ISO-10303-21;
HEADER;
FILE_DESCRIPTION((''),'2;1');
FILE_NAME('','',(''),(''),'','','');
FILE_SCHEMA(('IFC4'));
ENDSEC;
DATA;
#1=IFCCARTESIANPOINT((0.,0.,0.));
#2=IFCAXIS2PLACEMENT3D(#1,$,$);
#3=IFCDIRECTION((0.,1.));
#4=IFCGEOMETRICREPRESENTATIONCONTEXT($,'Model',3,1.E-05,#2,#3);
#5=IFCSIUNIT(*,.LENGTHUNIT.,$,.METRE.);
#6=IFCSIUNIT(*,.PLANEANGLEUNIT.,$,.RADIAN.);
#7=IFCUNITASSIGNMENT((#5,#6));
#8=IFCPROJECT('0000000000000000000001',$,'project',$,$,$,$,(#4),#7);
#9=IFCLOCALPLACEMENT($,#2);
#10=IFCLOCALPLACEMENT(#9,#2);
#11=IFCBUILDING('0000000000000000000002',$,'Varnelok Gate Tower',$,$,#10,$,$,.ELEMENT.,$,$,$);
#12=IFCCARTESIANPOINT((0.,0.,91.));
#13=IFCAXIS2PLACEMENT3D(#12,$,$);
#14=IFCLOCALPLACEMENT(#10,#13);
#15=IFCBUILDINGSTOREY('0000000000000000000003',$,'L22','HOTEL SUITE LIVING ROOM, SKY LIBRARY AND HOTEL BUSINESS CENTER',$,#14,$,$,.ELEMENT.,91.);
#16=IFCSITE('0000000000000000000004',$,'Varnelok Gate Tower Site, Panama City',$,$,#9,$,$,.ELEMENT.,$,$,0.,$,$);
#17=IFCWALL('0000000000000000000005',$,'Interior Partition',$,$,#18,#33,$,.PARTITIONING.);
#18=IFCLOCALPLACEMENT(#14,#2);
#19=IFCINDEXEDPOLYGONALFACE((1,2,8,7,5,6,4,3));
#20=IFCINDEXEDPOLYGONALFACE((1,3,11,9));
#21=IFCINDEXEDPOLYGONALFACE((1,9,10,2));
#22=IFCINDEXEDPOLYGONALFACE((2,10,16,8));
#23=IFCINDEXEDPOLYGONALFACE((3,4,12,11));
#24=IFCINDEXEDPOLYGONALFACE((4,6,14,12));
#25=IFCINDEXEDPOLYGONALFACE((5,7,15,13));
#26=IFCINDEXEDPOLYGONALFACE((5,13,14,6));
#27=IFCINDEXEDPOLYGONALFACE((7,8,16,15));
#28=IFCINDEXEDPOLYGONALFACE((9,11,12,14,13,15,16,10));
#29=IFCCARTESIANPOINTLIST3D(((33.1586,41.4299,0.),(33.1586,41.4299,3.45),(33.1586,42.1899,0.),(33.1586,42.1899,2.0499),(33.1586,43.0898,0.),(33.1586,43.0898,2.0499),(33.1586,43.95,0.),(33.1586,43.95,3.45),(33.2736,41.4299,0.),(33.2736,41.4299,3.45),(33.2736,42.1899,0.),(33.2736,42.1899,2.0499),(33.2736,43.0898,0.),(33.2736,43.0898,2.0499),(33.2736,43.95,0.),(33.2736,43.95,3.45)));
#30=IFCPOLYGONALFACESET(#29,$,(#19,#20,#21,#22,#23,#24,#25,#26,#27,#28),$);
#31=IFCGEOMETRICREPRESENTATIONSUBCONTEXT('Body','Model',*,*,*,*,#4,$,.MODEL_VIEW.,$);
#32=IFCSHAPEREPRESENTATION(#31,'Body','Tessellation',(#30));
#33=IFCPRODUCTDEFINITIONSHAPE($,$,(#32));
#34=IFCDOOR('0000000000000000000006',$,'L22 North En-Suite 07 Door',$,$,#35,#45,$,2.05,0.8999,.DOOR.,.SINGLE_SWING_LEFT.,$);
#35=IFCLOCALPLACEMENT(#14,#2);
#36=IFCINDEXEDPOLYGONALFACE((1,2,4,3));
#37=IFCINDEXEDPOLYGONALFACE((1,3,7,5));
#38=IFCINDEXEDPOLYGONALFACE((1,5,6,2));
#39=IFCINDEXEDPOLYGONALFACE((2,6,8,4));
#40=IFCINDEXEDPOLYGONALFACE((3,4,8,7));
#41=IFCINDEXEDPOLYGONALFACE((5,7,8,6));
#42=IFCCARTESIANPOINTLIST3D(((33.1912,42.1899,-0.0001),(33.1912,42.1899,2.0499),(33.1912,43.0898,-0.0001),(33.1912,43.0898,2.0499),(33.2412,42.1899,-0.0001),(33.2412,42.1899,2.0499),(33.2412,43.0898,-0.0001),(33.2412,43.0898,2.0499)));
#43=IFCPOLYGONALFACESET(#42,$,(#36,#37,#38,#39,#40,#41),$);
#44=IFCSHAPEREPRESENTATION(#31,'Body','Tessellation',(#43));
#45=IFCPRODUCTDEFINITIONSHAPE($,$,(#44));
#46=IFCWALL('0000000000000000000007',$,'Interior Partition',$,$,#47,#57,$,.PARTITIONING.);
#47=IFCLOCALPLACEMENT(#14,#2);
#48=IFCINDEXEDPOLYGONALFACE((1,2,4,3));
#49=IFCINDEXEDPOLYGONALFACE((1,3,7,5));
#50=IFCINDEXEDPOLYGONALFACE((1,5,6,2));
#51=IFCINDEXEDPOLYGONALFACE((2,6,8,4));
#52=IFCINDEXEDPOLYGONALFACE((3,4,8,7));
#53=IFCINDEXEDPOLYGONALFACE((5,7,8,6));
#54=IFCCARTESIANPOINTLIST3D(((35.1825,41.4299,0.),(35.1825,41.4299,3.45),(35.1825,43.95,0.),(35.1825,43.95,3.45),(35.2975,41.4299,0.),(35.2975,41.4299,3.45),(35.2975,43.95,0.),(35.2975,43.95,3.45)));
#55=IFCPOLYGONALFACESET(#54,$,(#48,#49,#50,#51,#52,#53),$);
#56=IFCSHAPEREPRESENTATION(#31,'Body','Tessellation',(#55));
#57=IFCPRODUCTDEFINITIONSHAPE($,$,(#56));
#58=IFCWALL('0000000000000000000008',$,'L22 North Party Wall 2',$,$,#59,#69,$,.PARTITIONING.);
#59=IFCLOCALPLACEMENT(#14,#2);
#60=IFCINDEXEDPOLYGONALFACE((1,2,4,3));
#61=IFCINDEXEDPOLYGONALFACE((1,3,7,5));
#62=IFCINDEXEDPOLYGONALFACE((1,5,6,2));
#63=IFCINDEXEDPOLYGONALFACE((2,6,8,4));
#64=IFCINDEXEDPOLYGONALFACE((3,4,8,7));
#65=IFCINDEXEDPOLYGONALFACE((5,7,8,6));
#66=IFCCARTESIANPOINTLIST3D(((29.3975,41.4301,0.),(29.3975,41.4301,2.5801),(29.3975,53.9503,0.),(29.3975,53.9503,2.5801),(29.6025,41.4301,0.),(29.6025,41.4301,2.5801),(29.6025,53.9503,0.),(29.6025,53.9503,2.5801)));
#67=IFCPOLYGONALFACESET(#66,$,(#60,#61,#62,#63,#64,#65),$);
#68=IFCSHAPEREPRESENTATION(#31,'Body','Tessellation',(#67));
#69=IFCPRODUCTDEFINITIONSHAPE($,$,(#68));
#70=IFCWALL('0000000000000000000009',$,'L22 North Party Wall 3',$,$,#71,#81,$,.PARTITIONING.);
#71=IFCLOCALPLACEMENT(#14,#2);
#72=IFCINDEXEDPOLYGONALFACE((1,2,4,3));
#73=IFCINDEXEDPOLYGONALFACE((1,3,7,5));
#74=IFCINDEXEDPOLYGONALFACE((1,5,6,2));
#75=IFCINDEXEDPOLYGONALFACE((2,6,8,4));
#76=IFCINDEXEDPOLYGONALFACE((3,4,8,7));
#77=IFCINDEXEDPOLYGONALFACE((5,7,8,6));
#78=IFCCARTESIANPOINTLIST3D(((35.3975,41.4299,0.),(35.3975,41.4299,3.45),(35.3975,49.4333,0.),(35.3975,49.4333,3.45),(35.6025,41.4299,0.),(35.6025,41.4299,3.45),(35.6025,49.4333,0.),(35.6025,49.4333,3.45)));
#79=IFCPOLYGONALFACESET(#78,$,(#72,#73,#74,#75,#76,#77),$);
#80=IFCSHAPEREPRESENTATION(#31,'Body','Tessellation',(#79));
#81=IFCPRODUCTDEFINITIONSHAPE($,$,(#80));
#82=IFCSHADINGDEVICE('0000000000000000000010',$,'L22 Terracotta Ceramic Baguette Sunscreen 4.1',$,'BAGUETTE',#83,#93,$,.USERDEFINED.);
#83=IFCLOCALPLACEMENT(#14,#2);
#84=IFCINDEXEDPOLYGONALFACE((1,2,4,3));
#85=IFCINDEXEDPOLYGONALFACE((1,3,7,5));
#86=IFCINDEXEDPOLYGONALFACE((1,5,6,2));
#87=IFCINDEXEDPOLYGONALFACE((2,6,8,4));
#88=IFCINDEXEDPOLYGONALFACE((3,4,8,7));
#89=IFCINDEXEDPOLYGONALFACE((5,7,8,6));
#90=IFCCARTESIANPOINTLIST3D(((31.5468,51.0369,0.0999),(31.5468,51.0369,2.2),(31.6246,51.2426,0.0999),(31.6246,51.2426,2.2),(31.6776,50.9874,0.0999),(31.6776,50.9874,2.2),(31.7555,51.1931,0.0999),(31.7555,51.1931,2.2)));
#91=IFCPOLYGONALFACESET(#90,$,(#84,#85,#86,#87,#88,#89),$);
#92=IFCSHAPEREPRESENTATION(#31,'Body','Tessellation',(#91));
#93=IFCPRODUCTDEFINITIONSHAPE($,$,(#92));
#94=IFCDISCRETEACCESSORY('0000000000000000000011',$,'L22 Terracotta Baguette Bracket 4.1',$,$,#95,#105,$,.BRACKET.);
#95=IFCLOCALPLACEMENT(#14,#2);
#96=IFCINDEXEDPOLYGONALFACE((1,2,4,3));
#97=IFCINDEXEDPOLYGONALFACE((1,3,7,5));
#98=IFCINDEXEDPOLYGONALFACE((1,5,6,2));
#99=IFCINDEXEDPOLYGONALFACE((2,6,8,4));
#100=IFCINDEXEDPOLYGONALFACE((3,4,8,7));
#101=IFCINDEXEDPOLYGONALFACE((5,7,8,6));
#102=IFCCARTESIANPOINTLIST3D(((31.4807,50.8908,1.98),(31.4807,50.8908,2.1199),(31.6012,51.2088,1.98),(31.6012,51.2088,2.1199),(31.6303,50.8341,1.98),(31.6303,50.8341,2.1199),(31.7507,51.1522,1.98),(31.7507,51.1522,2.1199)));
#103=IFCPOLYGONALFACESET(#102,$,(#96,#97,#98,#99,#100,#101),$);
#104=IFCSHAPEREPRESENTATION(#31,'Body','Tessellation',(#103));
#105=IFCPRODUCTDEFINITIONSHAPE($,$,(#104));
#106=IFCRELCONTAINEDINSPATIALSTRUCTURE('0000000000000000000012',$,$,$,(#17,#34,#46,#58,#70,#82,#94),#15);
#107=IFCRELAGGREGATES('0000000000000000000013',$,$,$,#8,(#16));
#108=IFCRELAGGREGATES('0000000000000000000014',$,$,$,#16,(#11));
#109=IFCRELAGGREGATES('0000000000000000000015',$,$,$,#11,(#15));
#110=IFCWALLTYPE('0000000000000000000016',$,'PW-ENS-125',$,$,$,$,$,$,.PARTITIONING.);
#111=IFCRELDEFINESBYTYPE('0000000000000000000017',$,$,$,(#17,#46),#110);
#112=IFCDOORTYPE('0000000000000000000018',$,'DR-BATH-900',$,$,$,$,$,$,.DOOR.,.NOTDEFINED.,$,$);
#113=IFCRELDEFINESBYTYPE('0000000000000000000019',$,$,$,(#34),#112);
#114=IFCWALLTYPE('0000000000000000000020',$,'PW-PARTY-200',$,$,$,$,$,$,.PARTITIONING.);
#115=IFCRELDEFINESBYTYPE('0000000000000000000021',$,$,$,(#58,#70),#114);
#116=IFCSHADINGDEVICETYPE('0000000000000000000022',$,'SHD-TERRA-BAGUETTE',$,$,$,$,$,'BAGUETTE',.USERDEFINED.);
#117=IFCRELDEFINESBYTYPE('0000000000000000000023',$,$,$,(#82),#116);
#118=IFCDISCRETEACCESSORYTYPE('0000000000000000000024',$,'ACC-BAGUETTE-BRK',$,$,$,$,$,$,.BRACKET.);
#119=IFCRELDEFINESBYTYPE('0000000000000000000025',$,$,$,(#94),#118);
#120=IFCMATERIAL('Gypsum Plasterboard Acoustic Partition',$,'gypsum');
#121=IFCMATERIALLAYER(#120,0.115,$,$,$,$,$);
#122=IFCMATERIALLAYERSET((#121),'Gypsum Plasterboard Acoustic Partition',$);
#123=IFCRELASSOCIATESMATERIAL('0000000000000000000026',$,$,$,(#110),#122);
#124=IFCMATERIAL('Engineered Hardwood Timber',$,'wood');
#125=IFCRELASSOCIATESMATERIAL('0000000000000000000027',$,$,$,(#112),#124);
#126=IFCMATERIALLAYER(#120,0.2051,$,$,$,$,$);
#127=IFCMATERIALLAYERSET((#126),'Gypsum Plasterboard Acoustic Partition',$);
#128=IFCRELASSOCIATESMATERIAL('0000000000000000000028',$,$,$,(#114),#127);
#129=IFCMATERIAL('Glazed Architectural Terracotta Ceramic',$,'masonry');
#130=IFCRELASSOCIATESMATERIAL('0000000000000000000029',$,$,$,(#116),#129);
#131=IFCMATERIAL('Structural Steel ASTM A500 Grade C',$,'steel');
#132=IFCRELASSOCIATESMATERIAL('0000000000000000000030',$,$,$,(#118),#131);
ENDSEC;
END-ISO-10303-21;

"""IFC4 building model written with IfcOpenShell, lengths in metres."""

from ifc_helpers import new_model, si_unit, direction, frame, frame_2d, origin, origin_2d, place, context, subcontext, project, spatial, rectangle, extrude, source, transform, mapped, material, layer, layer_set, type_object, element, fill, save


model = new_model("IFC4")

# Units and contexts
model_context = context("Model", 3, precision=1e-05, world=origin(), true_north=direction((0.0, 1.0)))
body_context = subcontext(model_context, "Body", "Model", "MODEL_VIEW")
ifc_project = project(units=[si_unit("LENGTHUNIT", "METRE"), si_unit("PLANEANGLEUNIT", "RADIAN")], contexts=[model_context])

# Site, building, storey
site_placement = place(None, origin())
site = spatial("IfcSite", under=ifc_project, at=site_placement, Name="Varnelok Gate Tower Site, Panama City", CompositionType="ELEMENT", RefElevation=0.0)
building_placement = place(site_placement, origin())
building = spatial("IfcBuilding", under=site, at=building_placement, Name="Varnelok Gate Tower", CompositionType="ELEMENT")
storey_placement = place(building_placement, frame((0.0, 0.0, 91.0)))
storey = spatial("IfcBuildingStorey", under=building, at=storey_placement, Name="L22", Description="HOTEL SUITE LIVING ROOM, SKY LIBRARY AND HOTEL BUSINESS CENTER", CompositionType="ELEMENT", Elevation=91.0)

# Shared definitions
ifc_material_1 = material(Name="Gypsum Plasterboard Acoustic Partition", Category="gypsum")
ifc_material_2 = material(Name="Engineered Hardwood Timber", Category="wood")

# Shared definitions
ifc_layer_1 = layer(ifc_material_1, 0.115)
ifc_layer_set_1 = layer_set([ifc_layer_1], Name="Gypsum Plasterboard Acoustic Partition")
wall_type_1 = type_object("IfcWallType", Name="PW-ENS-125", PredefinedType="PARTITIONING", material=ifc_layer_set_1)

# Wall, opening, door
wall_1_placement = place(storey_placement, frame((33.2161, 41.4299, 0.0), z_axis=(0.0, 0.0, 1.0), x_axis=(0.0, 1.0, 0.0)))
wall_1 = element("IfcWall", 1, at=wall_1_placement, inside=storey, type_object=wall_type_1, Name="Interior Partition", PredefinedType="PARTITIONING", context=body_context, shape_type="SweptSolid", body=[
    extrude(rectangle(XDim=2.52, YDim=0.115, at=frame_2d((1.26, 0.0))), origin(), (0.0, 0.0, 1.0), 3.45),
])
opening_1_placement = place(wall_1_placement, frame((0.76, 0.0, 0.0)))
opening_1 = element("IfcOpeningElement", 2, at=opening_1_placement, cuts=wall_1, PredefinedType="OPENING", context=body_context, shape_type="SweptSolid", body=[
    extrude(rectangle(XDim=0.8999, YDim=2.05, at=frame_2d((0.45, 1.0249))), frame((0.0, 0.0674, 0.0), z_axis=(0.0, -1.0, 0.0), x_axis=(1.0, 0.0, 0.0)), (0.0, 0.0, 1.0), 0.135),
])
door_type_1 = type_object("IfcDoorType", Name="DR-BATH-900", OperationType="NOTDEFINED", PredefinedType="DOOR", material=ifc_material_2)
door_1_placement = place(opening_1_placement, origin())
door_1 = element("IfcDoor", 3, at=door_1_placement, inside=storey, type_object=door_type_1, Name="L22 North En-Suite 07 Door", OperationType="SINGLE_SWING_LEFT", OverallHeight=2.05, OverallWidth=0.8999, PredefinedType="DOOR", context=body_context, shape_type="SweptSolid", body=[
    extrude(rectangle(XDim=0.8999, YDim=2.05, at=frame_2d((0.45, 1.0249))), frame((0.0, 0.0249, 0.0), z_axis=(0.0, -1.0, 0.0), x_axis=(1.0, 0.0, 0.0)), (0.0, 0.0, 1.0), 0.05),
])
fill(opening_1, door_1)

# Walls
wall_2_placement = place(storey_placement, frame((35.24, 41.4299, 0.0), z_axis=(0.0, 0.0, 1.0), x_axis=(0.0, 1.0, 0.0)))
element("IfcWall", 4, at=wall_2_placement, inside=storey, type_object=wall_type_1, Name="Interior Partition", PredefinedType="PARTITIONING", context=body_context, shape_type="SweptSolid", body=[
    extrude(rectangle(XDim=2.52, YDim=0.115, at=frame_2d((1.26, 0.0))), origin(), (0.0, 0.0, 1.0), 3.45),
])
ifc_layer_2 = layer(ifc_material_1, 0.2051)
ifc_layer_set_2 = layer_set([ifc_layer_2], Name="Gypsum Plasterboard Acoustic Partition")
wall_type_2 = type_object("IfcWallType", Name="PW-PARTY-200", PredefinedType="PARTITIONING", material=ifc_layer_set_2)
wall_3_placement = place(storey_placement, frame((29.5, 41.4299, 0.0), z_axis=(0.0, 0.0, 1.0), x_axis=(0.0, 1.0, 0.0)))
element("IfcWall", 5, at=wall_3_placement, inside=storey, type_object=wall_type_2, Name="L22 North Party Wall 2", PredefinedType="PARTITIONING", context=body_context, shape_type="SweptSolid", body=[
    extrude(rectangle(XDim=12.5203, YDim=0.2051, at=frame_2d((6.2603, 0.0))), origin(), (0.0, 0.0, 1.0), 2.5801),
])
wall_4_placement = place(storey_placement, frame((35.5, 41.4299, 0.0), z_axis=(0.0, 0.0, 1.0), x_axis=(0.0, 1.0, 0.0)))
element("IfcWall", 6, at=wall_4_placement, inside=storey, type_object=wall_type_2, Name="L22 North Party Wall 3", PredefinedType="PARTITIONING", context=body_context, shape_type="SweptSolid", body=[
    extrude(rectangle(XDim=8.0034, YDim=0.2051, at=frame_2d((4.0017, 0.0))), origin(), (0.0, 0.0, 1.0), 3.45),
])

# Shading device
ifc_material_3 = material(Name="Glazed Architectural Terracotta Ceramic", Category="masonry")
shading_device_type = type_object("IfcShadingDeviceType", Name="SHD-TERRA-BAGUETTE", ElementType="BAGUETTE", PredefinedType="USERDEFINED", material=ifc_material_3)
shared_shape_1 = source(origin(), body_context, "Body", "SweptSolid", [
    extrude(rectangle(XDim=0.1399, YDim=0.22, at=origin_2d()), origin(), (0.0, 0.0, 1.0), 2.1001),
])
shading_device_placement = place(storey_placement, frame((31.6511, 51.115, 0.0999), z_axis=(0.0, 0.0, 1.0), x_axis=(0.935222, -0.354063, 0.0)))
element("IfcShadingDevice", 7, at=shading_device_placement, inside=storey, type_object=shading_device_type, Name="L22 Terracotta Ceramic Baguette Sunscreen 4.1", ObjectType="BAGUETTE", PredefinedType="USERDEFINED", context=body_context, shape_type="MappedRepresentation", body=[
    mapped(shared_shape_1, transform((0.0, 0.0, 0.0), scale=1.0)),
])

# Discrete accessory
ifc_material_4 = material(Name="Structural Steel ASTM A500 Grade C", Category="steel")
discrete_accessory_type = type_object("IfcDiscreteAccessoryType", Name="ACC-BAGUETTE-BRK", PredefinedType="BRACKET", material=ifc_material_4)
shared_shape_2 = source(origin(), body_context, "Body", "SweptSolid", [
    extrude(rectangle(XDim=0.1599, YDim=0.3401, at=origin_2d()), origin(), (0.0, 0.0, 1.0), 0.1399),
])
discrete_accessory_placement = place(storey_placement, frame((31.6157, 51.0215, 1.98), z_axis=(0.0, 0.0, 1.0), x_axis=(0.935222, -0.354063, 0.0)))
element("IfcDiscreteAccessory", 8, at=discrete_accessory_placement, inside=storey, type_object=discrete_accessory_type, Name="L22 Terracotta Baguette Bracket 4.1", PredefinedType="BRACKET", context=body_context, shape_type="MappedRepresentation", body=[
    mapped(shared_shape_2, transform((0.0, 0.0, 0.0), scale=1.0)),
])

save(model, "model.ifc")
